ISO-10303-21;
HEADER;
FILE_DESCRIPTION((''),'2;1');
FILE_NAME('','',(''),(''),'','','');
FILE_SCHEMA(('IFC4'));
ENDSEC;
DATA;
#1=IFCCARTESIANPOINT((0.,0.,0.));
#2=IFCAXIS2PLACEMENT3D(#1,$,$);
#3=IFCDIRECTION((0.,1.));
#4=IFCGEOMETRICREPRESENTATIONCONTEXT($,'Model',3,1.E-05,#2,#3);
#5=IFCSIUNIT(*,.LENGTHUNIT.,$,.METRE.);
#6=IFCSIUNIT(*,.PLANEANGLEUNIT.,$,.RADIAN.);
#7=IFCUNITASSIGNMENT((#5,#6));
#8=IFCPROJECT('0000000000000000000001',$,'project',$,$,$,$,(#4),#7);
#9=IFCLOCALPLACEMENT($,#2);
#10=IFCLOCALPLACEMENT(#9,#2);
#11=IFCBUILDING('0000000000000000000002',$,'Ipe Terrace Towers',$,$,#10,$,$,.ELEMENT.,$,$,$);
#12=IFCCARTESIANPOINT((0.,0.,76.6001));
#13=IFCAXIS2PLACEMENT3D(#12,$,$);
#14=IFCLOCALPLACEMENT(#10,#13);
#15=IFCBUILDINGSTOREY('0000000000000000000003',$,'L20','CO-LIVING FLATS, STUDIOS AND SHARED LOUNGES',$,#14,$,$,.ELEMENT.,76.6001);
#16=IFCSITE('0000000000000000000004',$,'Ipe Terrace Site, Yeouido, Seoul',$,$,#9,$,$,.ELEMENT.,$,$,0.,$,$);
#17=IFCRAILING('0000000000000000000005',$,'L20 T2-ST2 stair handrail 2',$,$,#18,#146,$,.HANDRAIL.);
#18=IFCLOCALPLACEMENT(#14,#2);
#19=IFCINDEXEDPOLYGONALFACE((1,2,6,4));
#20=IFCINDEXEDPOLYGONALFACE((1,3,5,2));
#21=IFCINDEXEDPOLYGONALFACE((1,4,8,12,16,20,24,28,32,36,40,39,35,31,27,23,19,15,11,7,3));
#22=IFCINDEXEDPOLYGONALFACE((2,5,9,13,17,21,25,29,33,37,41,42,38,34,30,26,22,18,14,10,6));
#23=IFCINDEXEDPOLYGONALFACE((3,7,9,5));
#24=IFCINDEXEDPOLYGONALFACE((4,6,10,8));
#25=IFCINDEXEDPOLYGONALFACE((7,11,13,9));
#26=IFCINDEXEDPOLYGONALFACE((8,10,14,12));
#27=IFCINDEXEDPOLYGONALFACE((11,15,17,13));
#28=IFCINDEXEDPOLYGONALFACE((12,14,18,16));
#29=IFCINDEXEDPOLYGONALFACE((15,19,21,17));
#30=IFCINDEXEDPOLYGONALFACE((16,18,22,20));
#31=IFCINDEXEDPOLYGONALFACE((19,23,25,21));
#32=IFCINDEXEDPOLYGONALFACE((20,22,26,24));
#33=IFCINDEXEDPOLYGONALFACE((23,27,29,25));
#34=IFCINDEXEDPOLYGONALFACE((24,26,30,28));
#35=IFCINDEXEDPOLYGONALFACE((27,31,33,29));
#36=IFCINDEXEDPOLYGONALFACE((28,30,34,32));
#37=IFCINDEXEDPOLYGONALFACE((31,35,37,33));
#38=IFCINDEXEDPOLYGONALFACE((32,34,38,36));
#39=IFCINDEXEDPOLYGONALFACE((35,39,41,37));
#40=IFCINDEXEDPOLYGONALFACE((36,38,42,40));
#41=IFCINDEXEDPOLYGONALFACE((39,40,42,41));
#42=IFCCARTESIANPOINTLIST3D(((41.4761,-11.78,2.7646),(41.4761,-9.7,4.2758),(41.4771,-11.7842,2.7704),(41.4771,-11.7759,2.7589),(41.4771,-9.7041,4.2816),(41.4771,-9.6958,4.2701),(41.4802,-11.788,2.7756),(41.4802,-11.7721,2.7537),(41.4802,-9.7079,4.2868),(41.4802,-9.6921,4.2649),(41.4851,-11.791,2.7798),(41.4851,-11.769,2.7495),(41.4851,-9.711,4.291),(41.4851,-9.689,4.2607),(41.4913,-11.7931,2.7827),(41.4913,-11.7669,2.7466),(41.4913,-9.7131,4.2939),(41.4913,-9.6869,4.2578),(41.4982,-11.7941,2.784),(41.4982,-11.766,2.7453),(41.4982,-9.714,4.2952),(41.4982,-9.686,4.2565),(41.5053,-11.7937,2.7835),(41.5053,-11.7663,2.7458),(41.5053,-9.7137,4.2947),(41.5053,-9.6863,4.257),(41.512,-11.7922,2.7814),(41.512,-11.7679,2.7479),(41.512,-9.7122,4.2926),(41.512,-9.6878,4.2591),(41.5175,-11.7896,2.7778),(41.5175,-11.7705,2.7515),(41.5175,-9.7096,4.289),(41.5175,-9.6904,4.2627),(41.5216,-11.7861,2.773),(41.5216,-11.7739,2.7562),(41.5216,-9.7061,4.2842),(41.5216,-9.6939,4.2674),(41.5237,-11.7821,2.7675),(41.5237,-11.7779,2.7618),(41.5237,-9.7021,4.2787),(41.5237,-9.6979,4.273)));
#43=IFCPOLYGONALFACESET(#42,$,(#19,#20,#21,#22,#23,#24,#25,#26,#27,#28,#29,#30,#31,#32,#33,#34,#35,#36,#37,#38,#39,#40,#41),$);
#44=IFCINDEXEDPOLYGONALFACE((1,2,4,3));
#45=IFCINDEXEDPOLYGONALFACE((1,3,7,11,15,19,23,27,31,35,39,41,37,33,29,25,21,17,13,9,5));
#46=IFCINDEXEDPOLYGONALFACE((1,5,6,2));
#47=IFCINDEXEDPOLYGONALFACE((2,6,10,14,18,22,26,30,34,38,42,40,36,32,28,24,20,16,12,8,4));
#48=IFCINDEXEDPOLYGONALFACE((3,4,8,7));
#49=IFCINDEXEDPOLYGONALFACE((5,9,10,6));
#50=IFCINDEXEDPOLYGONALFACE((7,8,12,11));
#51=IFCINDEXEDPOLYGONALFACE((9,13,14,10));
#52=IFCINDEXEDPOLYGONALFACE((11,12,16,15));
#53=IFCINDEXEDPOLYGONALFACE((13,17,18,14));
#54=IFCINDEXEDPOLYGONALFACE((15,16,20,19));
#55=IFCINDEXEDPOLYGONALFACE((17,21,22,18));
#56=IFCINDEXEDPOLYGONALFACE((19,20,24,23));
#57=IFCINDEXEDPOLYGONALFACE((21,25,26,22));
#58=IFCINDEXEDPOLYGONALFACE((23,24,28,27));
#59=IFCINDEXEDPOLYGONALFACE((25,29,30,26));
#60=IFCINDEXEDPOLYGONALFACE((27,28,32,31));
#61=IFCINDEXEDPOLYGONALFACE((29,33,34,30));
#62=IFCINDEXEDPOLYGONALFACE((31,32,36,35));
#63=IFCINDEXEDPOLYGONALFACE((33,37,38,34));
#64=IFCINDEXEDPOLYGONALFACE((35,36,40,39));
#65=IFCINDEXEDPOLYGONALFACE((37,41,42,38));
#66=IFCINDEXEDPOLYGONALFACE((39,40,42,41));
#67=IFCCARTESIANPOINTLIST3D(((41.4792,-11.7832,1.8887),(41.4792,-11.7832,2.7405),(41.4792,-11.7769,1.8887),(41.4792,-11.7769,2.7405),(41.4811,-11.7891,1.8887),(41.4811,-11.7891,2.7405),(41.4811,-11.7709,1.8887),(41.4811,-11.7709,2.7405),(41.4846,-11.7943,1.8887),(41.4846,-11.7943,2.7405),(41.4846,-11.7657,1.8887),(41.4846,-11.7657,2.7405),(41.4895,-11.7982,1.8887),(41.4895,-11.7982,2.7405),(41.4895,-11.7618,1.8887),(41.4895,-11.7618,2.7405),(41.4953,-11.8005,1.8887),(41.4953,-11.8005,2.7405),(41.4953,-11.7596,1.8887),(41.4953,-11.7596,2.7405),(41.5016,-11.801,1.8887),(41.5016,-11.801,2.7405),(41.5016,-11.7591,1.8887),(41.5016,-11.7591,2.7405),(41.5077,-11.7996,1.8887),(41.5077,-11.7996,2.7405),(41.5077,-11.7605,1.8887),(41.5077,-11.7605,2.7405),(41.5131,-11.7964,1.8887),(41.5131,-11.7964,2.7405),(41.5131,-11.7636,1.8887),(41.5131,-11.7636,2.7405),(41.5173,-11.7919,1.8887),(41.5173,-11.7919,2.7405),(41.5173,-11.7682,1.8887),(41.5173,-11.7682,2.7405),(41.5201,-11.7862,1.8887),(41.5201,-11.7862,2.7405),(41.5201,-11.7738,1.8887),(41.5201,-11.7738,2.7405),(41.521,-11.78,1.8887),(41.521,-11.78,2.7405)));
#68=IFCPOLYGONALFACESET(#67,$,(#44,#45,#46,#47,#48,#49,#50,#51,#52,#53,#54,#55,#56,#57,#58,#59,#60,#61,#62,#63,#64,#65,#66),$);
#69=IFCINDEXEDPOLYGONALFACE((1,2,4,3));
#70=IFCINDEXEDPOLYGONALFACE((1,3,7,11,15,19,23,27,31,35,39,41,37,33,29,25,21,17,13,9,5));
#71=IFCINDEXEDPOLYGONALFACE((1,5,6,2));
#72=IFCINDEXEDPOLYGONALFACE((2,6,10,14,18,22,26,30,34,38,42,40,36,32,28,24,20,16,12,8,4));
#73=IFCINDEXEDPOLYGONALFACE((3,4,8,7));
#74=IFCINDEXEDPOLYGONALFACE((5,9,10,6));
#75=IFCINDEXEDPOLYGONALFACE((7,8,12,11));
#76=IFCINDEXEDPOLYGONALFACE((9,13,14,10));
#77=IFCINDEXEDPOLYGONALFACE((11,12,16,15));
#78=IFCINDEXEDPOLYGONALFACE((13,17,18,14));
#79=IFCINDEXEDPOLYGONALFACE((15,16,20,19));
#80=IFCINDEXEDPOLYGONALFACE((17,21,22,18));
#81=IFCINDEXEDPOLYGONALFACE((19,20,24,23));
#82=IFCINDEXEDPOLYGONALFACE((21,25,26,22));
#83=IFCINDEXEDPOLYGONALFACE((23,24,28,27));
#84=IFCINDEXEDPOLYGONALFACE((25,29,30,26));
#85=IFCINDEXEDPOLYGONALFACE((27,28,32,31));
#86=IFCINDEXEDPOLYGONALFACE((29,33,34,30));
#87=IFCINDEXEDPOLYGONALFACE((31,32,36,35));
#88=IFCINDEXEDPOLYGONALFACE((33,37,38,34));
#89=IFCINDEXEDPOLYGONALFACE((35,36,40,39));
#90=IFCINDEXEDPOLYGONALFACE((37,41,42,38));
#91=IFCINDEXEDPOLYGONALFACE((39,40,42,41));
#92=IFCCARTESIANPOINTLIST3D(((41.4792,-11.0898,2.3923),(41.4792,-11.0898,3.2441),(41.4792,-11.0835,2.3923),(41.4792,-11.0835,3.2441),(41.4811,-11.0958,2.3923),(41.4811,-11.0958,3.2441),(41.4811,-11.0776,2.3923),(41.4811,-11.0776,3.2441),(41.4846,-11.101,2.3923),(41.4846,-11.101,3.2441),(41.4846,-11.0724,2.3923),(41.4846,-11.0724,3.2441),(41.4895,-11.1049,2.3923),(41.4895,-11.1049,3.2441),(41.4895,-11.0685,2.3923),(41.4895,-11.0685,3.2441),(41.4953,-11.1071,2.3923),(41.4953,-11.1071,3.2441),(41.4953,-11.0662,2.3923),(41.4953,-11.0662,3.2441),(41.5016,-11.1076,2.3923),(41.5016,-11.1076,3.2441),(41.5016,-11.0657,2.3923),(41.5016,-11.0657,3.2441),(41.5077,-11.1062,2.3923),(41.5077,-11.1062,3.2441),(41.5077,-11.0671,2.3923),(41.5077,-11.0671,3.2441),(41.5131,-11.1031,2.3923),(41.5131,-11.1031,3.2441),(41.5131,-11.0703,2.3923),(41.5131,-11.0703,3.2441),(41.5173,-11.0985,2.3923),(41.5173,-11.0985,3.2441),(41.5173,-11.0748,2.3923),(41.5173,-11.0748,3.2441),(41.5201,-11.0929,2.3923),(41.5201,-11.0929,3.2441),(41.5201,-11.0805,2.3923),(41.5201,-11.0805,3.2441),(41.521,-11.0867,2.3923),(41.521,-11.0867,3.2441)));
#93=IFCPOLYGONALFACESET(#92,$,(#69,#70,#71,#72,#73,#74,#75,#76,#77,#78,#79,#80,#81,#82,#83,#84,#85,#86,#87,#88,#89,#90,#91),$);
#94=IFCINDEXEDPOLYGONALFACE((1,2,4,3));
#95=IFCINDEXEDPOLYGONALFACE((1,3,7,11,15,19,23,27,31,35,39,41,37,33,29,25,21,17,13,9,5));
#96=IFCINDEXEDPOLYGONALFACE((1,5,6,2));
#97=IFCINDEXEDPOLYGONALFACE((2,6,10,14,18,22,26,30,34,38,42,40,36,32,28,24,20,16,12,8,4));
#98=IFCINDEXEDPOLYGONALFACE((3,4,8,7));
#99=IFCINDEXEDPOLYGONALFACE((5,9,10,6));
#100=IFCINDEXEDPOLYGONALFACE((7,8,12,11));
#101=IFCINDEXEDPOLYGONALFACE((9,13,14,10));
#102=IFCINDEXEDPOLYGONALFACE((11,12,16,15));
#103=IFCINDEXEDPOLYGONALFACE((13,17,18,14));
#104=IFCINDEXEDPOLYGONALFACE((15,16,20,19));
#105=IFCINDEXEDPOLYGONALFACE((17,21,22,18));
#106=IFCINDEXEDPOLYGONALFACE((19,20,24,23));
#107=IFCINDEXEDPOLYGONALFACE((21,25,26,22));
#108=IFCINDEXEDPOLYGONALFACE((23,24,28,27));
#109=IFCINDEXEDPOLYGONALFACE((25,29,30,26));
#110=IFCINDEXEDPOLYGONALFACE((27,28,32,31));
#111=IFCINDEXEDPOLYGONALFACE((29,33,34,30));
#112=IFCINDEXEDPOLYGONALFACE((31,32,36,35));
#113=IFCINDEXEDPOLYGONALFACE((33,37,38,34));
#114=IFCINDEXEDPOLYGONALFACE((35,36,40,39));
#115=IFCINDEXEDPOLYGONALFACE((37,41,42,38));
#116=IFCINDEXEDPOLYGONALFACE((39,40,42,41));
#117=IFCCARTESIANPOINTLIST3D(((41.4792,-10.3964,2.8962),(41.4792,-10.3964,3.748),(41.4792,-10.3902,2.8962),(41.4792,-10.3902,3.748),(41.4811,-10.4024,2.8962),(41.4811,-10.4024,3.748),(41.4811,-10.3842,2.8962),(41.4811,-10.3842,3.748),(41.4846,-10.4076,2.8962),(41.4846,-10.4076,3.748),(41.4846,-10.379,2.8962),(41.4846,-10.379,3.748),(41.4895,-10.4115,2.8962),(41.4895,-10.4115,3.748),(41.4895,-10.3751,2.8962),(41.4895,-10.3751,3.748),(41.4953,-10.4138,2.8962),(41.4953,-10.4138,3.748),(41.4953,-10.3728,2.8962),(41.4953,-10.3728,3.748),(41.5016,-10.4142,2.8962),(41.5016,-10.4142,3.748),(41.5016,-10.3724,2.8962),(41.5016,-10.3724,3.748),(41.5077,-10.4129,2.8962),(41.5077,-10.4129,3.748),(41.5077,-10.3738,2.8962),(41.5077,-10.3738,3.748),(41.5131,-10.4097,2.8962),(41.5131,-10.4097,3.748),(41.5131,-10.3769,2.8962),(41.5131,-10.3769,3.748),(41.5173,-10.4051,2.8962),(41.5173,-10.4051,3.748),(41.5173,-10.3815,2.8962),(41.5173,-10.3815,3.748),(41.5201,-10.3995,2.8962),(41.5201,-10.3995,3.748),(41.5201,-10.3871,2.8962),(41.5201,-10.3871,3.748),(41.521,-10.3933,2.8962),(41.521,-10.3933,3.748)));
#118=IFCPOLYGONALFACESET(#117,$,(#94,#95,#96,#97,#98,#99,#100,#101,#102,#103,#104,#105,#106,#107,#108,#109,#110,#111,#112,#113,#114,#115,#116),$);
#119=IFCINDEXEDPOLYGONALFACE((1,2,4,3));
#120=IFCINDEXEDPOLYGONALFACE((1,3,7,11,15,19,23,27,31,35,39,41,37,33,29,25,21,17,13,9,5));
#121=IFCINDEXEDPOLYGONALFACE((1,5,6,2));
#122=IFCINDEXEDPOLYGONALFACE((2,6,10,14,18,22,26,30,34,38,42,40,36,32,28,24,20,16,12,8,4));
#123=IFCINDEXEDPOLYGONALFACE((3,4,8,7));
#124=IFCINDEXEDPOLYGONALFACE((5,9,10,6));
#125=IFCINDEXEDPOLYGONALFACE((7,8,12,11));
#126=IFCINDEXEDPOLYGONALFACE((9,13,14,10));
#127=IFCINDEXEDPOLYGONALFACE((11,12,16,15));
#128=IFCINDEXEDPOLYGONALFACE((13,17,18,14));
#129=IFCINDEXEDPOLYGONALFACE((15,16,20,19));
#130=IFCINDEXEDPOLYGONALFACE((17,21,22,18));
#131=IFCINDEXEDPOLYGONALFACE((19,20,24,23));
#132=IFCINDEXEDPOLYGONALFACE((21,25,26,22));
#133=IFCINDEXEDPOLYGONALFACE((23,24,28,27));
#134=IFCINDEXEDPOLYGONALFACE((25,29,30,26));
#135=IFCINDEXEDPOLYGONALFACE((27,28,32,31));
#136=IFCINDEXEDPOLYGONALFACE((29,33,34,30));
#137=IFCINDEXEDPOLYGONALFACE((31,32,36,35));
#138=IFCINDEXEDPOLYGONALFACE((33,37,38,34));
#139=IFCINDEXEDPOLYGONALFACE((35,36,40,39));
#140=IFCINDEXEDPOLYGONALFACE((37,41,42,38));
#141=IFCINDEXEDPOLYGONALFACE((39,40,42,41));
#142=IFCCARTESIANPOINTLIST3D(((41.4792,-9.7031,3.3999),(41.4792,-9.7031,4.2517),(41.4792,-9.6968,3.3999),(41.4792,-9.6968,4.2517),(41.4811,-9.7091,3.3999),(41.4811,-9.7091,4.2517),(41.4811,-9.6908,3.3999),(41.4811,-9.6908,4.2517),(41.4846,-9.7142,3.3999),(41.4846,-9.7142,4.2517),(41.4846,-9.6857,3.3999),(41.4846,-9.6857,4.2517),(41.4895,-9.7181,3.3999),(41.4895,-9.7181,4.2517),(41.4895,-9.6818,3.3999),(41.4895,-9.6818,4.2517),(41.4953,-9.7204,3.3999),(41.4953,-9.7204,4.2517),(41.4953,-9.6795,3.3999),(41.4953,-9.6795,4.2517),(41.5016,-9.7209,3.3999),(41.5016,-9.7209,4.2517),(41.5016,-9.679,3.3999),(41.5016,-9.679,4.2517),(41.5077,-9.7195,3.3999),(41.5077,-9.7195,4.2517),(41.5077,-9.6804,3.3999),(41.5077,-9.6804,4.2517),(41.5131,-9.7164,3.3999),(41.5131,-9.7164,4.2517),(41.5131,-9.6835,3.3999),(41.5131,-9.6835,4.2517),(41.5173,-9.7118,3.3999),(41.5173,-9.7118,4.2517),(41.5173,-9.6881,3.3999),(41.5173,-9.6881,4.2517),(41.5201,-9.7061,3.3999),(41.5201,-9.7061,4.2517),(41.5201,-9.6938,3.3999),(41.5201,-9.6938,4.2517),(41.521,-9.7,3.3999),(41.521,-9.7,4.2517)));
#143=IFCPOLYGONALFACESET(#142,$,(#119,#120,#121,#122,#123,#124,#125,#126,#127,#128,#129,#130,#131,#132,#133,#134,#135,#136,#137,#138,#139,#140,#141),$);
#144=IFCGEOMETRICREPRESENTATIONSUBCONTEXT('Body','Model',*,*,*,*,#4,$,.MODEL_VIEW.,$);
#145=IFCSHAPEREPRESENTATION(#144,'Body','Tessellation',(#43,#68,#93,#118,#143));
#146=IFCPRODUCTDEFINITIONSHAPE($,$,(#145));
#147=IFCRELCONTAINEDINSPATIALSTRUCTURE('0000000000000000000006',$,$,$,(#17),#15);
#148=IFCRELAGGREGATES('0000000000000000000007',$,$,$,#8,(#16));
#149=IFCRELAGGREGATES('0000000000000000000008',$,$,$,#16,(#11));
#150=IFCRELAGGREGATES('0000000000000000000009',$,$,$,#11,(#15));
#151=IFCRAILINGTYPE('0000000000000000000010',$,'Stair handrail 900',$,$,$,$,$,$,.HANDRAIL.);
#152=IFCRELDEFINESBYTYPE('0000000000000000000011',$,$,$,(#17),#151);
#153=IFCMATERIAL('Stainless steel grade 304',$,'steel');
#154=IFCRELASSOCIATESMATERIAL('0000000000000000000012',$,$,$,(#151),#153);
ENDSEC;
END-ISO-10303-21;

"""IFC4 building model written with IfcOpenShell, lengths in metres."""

from ifc_helpers import new_model, si_unit, direction, frame, origin, origin_2d, place, context, subcontext, project, spatial, circle, extrude, material, type_object, element, save


model = new_model("IFC4")

# Units and contexts
model_context = context("Model", 3, precision=1e-05, world=origin(), true_north=direction((0.0, 1.0)))
body_context = subcontext(model_context, "Body", "Model", "MODEL_VIEW")
ifc_project = project(units=[si_unit("LENGTHUNIT", "METRE"), si_unit("PLANEANGLEUNIT", "RADIAN")], contexts=[model_context])

# Site, building, storey
site_placement = place(None, origin())
site = spatial("IfcSite", under=ifc_project, at=site_placement, Name="Ipe Terrace Site, Yeouido, Seoul", CompositionType="ELEMENT", RefElevation=0.0)
building_placement = place(site_placement, origin())
building = spatial("IfcBuilding", under=site, at=building_placement, Name="Ipe Terrace Towers", CompositionType="ELEMENT")
storey_placement = place(building_placement, frame((0.0, 0.0, 76.6001)))
storey = spatial("IfcBuildingStorey", under=building, at=storey_placement, Name="L20", Description="CO-LIVING FLATS, STUDIOS AND SHARED LOUNGES", CompositionType="ELEMENT", Elevation=76.6001)

# Railing
ifc_material_1 = material(Name="Stainless steel grade 304", Category="steel")
railing_type_1 = type_object("IfcRailingType", Name="Stair handrail 900", PredefinedType="HANDRAIL", material=ifc_material_1)
railing_1_placement = place(storey_placement, frame((41.5, -11.78, 1.8887)))
element("IfcRailing", 1, at=railing_1_placement, inside=storey, type_object=railing_type_1, Name="L20 T2-ST2 stair handrail 2", PredefinedType="HANDRAIL", context=body_context, shape_type="SweptSolid", body=[
    extrude(circle(Radius=0.0239, at=origin_2d()), frame((0.0, 0.0, 0.876), z_axis=(0.0, 0.809023, 0.587776), x_axis=(-1.0, 0.0, 0.0)), (0.0, 0.0, 1.0), 2.571),
    extrude(circle(Radius=0.021, at=origin_2d()), origin(), (0.0, 0.0, 1.0), 0.8518),
    extrude(circle(Radius=0.021, at=origin_2d()), frame((0.0, 0.6934, 0.5037)), (0.0, 0.0, 1.0), 0.8518),
    extrude(circle(Radius=0.021, at=origin_2d()), frame((0.0, 1.3867, 1.0076)), (0.0, 0.0, 1.0), 0.8518),
    extrude(circle(Radius=0.021, at=origin_2d()), frame((0.0, 2.0801, 1.5112)), (0.0, 0.0, 1.0), 0.8518),
])

save(model, "model.ifc")
